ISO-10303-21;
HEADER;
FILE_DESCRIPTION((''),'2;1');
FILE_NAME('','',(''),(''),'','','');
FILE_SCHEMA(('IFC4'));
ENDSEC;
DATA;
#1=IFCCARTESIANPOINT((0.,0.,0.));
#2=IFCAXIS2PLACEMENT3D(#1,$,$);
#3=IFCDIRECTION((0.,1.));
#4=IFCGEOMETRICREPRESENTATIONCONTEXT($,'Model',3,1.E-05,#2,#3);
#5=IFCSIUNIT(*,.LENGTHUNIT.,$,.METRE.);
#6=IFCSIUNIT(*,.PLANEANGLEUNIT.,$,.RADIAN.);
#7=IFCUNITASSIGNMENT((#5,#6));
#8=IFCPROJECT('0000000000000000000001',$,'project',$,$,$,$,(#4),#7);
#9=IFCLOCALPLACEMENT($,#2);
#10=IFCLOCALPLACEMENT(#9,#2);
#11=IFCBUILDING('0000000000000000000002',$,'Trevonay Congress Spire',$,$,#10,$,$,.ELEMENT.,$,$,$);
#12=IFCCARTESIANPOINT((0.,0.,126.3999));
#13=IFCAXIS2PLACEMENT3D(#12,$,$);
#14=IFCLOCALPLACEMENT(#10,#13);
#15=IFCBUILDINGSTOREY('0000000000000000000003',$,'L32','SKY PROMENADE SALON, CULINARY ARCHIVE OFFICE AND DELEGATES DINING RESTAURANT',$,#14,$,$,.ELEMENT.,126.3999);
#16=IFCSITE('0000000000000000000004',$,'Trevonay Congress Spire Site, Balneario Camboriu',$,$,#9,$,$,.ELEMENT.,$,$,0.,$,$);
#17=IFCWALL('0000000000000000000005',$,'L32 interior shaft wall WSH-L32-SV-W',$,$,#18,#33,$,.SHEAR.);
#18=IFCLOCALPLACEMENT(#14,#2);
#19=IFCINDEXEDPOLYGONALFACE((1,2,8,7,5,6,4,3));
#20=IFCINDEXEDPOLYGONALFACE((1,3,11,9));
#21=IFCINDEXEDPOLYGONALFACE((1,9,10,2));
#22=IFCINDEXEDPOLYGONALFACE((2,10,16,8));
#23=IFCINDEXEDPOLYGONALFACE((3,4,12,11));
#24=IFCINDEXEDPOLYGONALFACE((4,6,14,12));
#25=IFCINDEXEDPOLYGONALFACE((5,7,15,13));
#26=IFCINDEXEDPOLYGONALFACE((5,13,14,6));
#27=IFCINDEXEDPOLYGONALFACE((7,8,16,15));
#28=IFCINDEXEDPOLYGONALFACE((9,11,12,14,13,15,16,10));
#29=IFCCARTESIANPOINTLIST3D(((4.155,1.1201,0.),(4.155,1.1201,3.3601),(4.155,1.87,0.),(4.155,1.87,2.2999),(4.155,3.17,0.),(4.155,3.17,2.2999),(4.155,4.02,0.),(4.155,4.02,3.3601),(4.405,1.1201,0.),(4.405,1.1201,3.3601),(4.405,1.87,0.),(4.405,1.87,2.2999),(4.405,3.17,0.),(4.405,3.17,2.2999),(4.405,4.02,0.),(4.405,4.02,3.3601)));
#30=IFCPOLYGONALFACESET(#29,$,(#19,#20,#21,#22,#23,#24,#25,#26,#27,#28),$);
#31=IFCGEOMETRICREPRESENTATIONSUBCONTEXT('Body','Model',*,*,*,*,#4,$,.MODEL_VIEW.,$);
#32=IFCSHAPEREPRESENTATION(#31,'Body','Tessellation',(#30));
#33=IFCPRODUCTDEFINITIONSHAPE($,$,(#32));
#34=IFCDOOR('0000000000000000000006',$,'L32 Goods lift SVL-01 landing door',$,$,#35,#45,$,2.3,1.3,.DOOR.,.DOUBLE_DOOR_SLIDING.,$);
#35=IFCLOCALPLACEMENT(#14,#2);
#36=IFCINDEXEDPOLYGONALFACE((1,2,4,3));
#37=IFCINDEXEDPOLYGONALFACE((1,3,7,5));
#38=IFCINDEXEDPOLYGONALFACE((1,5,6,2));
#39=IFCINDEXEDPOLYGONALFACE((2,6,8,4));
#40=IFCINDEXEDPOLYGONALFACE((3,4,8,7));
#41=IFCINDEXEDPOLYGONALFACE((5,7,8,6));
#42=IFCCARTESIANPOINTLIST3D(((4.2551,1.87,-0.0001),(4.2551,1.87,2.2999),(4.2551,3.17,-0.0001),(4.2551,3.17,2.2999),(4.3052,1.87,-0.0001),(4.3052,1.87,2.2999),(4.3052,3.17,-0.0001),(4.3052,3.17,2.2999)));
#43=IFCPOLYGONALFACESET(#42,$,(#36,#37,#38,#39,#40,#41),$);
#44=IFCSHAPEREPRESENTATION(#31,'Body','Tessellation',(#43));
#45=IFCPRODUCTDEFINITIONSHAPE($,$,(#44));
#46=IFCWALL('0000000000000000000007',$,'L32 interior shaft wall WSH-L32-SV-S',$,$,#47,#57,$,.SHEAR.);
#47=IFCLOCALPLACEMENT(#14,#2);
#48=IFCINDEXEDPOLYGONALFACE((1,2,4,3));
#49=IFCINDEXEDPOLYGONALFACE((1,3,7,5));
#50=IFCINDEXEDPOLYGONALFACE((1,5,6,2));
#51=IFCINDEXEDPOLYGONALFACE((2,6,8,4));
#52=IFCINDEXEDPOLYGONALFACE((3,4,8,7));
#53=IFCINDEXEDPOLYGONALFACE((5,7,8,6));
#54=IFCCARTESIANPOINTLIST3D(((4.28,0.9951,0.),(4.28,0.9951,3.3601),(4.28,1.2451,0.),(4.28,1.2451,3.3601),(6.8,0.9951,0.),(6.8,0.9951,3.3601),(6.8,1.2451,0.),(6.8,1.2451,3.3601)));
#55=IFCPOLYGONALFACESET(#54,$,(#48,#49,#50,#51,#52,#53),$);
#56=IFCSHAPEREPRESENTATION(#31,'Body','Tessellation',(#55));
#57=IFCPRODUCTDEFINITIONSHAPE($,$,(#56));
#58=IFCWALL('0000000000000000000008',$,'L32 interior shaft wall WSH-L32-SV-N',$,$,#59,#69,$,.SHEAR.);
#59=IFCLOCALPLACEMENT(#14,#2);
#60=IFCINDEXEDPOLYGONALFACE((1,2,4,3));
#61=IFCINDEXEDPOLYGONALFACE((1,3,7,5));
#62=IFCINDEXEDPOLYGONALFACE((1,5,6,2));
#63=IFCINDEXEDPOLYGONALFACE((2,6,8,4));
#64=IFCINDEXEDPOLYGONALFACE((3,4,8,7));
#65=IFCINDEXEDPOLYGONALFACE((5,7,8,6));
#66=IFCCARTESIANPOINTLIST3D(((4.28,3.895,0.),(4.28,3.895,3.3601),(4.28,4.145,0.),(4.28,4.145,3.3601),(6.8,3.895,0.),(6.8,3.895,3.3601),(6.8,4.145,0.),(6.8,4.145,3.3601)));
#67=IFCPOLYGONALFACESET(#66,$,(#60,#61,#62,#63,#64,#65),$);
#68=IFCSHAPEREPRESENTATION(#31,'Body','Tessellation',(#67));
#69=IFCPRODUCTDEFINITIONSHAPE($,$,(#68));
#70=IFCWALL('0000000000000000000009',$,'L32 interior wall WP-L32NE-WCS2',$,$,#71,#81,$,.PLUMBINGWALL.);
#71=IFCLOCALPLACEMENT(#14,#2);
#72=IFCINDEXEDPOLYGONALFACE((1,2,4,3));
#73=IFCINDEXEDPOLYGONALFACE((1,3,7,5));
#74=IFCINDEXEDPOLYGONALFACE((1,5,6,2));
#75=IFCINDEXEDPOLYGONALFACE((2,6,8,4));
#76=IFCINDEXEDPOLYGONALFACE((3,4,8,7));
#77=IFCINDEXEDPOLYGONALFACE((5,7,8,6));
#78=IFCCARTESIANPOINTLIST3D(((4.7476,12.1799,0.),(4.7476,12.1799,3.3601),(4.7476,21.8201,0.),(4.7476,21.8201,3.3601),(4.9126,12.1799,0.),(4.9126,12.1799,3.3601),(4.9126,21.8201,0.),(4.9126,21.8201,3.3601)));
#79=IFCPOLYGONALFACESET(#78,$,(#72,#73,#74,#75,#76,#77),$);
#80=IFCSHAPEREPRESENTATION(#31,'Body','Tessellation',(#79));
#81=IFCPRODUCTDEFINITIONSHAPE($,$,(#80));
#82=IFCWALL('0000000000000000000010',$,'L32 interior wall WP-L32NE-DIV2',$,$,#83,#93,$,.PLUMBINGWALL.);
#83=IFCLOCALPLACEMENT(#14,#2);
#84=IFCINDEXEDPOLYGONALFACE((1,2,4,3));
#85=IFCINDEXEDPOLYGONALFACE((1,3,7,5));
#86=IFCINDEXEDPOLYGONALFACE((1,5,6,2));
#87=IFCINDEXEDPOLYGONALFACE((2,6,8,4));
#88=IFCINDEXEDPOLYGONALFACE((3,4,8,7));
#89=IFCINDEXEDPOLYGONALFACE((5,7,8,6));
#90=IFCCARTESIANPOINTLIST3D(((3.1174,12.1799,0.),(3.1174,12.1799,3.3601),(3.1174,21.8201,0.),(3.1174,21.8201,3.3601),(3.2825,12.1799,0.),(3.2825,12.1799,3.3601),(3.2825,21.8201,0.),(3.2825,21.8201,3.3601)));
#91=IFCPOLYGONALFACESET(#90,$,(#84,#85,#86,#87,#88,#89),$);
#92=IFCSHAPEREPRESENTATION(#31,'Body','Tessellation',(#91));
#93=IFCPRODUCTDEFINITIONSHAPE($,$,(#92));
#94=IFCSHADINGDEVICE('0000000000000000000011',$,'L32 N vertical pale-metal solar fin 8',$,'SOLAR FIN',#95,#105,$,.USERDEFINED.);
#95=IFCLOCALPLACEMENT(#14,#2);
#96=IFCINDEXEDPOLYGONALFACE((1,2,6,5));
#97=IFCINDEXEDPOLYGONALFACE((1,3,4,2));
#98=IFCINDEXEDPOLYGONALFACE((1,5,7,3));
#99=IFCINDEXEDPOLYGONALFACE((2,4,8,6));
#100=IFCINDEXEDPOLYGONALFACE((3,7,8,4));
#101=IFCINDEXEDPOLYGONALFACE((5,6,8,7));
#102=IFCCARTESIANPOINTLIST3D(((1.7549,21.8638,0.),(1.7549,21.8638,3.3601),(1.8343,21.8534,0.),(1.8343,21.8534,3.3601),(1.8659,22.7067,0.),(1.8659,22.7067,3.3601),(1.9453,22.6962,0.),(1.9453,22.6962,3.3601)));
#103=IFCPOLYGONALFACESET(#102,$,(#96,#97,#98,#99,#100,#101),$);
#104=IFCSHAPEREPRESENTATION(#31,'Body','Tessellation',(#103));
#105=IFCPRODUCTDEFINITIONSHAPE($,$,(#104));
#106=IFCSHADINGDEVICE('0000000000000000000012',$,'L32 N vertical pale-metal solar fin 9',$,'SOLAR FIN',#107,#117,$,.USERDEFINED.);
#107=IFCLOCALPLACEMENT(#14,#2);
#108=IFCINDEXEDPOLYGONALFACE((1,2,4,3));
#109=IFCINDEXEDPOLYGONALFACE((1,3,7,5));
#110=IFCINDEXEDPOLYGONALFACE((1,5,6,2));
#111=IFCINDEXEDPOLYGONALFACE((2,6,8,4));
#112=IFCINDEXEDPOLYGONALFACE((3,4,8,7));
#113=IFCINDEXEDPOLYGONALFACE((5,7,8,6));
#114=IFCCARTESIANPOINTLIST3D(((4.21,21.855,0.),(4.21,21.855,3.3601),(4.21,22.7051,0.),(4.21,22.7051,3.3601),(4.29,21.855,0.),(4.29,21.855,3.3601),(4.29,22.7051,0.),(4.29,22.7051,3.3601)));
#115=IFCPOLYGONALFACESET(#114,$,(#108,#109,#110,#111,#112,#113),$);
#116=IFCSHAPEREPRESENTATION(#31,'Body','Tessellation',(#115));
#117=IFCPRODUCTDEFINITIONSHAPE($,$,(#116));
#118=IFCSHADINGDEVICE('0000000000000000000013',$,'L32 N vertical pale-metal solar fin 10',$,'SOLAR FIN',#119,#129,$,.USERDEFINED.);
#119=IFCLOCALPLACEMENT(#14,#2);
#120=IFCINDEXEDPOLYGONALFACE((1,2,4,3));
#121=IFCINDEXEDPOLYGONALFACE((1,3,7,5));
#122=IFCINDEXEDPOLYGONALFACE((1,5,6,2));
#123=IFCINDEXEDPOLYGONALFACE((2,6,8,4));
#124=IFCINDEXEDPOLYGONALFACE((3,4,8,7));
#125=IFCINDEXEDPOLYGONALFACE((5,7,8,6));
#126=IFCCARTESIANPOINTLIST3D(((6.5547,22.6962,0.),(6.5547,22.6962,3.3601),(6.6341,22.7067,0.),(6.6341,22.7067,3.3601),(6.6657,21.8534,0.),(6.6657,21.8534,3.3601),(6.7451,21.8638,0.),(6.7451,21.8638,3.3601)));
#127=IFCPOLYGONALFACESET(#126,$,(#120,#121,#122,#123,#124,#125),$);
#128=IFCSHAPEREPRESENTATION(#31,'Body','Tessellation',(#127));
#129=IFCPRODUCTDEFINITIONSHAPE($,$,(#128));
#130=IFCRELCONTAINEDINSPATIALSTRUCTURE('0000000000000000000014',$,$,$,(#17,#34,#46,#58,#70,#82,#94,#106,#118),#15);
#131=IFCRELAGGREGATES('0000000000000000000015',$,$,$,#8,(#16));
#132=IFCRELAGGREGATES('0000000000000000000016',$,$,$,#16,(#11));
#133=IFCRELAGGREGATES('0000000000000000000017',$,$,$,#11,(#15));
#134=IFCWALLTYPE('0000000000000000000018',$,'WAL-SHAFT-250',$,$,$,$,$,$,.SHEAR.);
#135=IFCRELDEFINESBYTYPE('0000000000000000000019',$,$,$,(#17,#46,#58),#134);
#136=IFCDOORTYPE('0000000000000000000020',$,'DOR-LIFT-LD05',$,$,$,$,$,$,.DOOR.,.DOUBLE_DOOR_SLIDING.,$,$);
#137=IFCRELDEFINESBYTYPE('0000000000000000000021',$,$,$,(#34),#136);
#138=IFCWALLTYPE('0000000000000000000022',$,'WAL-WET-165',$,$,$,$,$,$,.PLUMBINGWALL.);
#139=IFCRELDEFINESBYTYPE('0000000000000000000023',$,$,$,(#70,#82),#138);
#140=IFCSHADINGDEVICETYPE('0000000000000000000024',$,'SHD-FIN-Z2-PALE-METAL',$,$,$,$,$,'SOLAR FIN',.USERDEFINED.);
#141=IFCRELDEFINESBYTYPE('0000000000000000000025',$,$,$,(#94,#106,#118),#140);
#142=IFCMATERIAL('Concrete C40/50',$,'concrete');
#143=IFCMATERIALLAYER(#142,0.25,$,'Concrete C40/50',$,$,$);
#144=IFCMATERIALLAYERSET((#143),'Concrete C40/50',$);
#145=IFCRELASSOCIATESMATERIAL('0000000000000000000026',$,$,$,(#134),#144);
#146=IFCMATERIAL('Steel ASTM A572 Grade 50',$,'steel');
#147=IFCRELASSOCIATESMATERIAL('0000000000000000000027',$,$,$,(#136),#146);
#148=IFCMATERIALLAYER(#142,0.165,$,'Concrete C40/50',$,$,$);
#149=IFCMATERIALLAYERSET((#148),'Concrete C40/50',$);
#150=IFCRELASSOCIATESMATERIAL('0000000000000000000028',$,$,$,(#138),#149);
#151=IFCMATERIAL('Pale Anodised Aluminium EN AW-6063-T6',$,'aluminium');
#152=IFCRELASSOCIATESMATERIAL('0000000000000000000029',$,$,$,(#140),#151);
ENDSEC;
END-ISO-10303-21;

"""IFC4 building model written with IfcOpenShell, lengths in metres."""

from ifc_helpers import new_model, si_unit, direction, frame, frame_2d, origin, origin_2d, place, context, subcontext, project, spatial, rectangle, extrude, material, layer, layer_set, type_object, element, fill, save


model = new_model("IFC4")

# Units and contexts
model_context = context("Model", 3, precision=1e-05, world=origin(), true_north=direction((0.0, 1.0)))
body_context = subcontext(model_context, "Body", "Model", "MODEL_VIEW")
ifc_project = project(units=[si_unit("LENGTHUNIT", "METRE"), si_unit("PLANEANGLEUNIT", "RADIAN")], contexts=[model_context])

# Site, building, storey
site_placement = place(None, origin())
site = spatial("IfcSite", under=ifc_project, at=site_placement, Name="Trevonay Congress Spire Site, Balneario Camboriu", CompositionType="ELEMENT", RefElevation=0.0)
building_placement = place(site_placement, origin())
building = spatial("IfcBuilding", under=site, at=building_placement, Name="Trevonay Congress Spire", CompositionType="ELEMENT")
storey_placement = place(building_placement, frame((0.0, 0.0, 126.3999)))
storey = spatial("IfcBuildingStorey", under=building, at=storey_placement, Name="L32", Description="SKY PROMENADE SALON, CULINARY ARCHIVE OFFICE AND DELEGATES DINING RESTAURANT", CompositionType="ELEMENT", Elevation=126.3999)

# Shared definitions
ifc_material_1 = material(Name="Steel ASTM A572 Grade 50", Category="steel")

# Shared definitions
ifc_material_2 = material(Name="Pale Anodised Aluminium EN AW-6063-T6", Category="aluminium")

# Shared definitions
ifc_material_3 = material(Name="Concrete C40/50", Category="concrete")
ifc_layer_1 = layer(ifc_material_3, 0.25, Name="Concrete C40/50")
ifc_layer_set_1 = layer_set([ifc_layer_1], Name="Concrete C40/50")
wall_type_1 = type_object("IfcWallType", Name="WAL-SHAFT-250", PredefinedType="SHEAR", material=ifc_layer_set_1)

# Wall, opening, door
wall_1_placement = place(storey_placement, frame((4.28, 1.1201, 0.0), z_axis=(0.0, 0.0, 1.0), x_axis=(0.0, 1.0, 0.0)))
wall_1 = element("IfcWall", 1, at=wall_1_placement, inside=storey, type_object=wall_type_1, Name="L32 interior shaft wall WSH-L32-SV-W", PredefinedType="SHEAR", context=body_context, shape_type="SweptSolid", body=[
    extrude(rectangle(XDim=2.8999, YDim=0.25, at=frame_2d((1.45, 0.0))), origin(), (0.0, 0.0, 1.0), 3.3601),
])
opening_1_placement = place(wall_1_placement, frame((0.75, 0.0, 0.0)))
opening_1 = element("IfcOpeningElement", 2, at=opening_1_placement, cuts=wall_1, PredefinedType="OPENING", context=body_context, shape_type="SweptSolid", body=[
    extrude(rectangle(XDim=1.3, YDim=2.3, at=frame_2d((0.6499, 1.1499))), frame((0.0, 0.135, 0.0), z_axis=(0.0, -1.0, 0.0), x_axis=(1.0, 0.0, 0.0)), (0.0, 0.0, 1.0), 0.27),
])
door_type_1 = type_object("IfcDoorType", Name="DOR-LIFT-LD05", OperationType="DOUBLE_DOOR_SLIDING", PredefinedType="DOOR", material=ifc_material_1)
door_1_placement = place(opening_1_placement, origin())
door_1 = element("IfcDoor", 3, at=door_1_placement, inside=storey, type_object=door_type_1, Name="L32 Goods lift SVL-01 landing door", OperationType="DOUBLE_DOOR_SLIDING", OverallHeight=2.3, OverallWidth=1.3, PredefinedType="DOOR", context=body_context, shape_type="SweptSolid", body=[
    extrude(rectangle(XDim=1.3, YDim=2.3, at=frame_2d((0.6499, 1.1499))), frame((0.0, 0.0249, 0.0), z_axis=(0.0, -1.0, 0.0), x_axis=(1.0, 0.0, 0.0)), (0.0, 0.0, 1.0), 0.05),
])
fill(opening_1, door_1)

# Walls
for number, where, z_axis, x_axis, name in (
    (4, (4.28, 1.1201, 0.0), (0.0, 0.0, 1.0), (1.0, 0.0, 0.0), "L32 interior shaft wall WSH-L32-SV-S"),
    (5, (4.28, 4.02, 0.0), (0.0, 0.0, 1.0), (1.0, 0.0, 0.0), "L32 interior shaft wall WSH-L32-SV-N"),
):
    element("IfcWall", number, at=place(storey_placement, frame(where, z_axis=z_axis, x_axis=x_axis)), inside=storey, type_object=wall_type_1, Name=name, PredefinedType="SHEAR", context=body_context, shape_type="SweptSolid", body=[
        extrude(rectangle(XDim=2.52, YDim=0.25, at=frame_2d((1.26, 0.0))), origin(), (0.0, 0.0, 1.0), 3.3601),
    ])
ifc_layer_2 = layer(ifc_material_3, 0.165, Name="Concrete C40/50")
ifc_layer_set_2 = layer_set([ifc_layer_2], Name="Concrete C40/50")
wall_type_2 = type_object("IfcWallType", Name="WAL-WET-165", PredefinedType="PLUMBINGWALL", material=ifc_layer_set_2)
for number, where, z_axis, x_axis, name in (
    (6, (4.8301, 12.1799, 0.0), (0.0, 0.0, 1.0), (0.0, 1.0, 0.0), "L32 interior wall WP-L32NE-WCS2"),
    (7, (3.2, 12.1799, 0.0), (0.0, 0.0, 1.0), (0.0, 1.0, 0.0), "L32 interior wall WP-L32NE-DIV2"),
):
    element("IfcWall", number, at=place(storey_placement, frame(where, z_axis=z_axis, x_axis=x_axis)), inside=storey, type_object=wall_type_2, Name=name, PredefinedType="PLUMBINGWALL", context=body_context, shape_type="SweptSolid", body=[
        extrude(rectangle(XDim=9.6401, YDim=0.165, at=frame_2d((4.8201, 0.0))), origin(), (0.0, 0.0, 1.0), 3.3601),
    ])

# Shading devices
shading_device_type = type_object("IfcShadingDeviceType", Name="SHD-FIN-Z2-PALE-METAL", ElementType="SOLAR FIN", PredefinedType="USERDEFINED", material=ifc_material_2)
for number, where, z_axis, x_axis, name in (
    (8, (1.8501, 22.28, 0.0), (0.0, 0.0, 1.0), (0.991445, -0.130526, 0.0), "L32 N vertical pale-metal solar fin 8"),
    (9, (4.25, 22.28, 0.0), (0.0, 0.0, 1.0), (1.0, 0.0, 0.0), "L32 N vertical pale-metal solar fin 9"),
    (10, (6.6499, 22.28, 0.0), (0.0, 0.0, 1.0), (0.991445, 0.130526, 0.0), "L32 N vertical pale-metal solar fin 10"),
):
    element("IfcShadingDevice", number, at=place(storey_placement, frame(where, z_axis=z_axis, x_axis=x_axis)), inside=storey, type_object=shading_device_type, Name=name, ObjectType="SOLAR FIN", PredefinedType="USERDEFINED", context=body_context, shape_type="SweptSolid", body=[
        extrude(rectangle(XDim=0.0801, YDim=0.8501, at=origin_2d()), origin(), (0.0, 0.0, 1.0), 3.3601),
    ])

save(model, "model.ifc")
